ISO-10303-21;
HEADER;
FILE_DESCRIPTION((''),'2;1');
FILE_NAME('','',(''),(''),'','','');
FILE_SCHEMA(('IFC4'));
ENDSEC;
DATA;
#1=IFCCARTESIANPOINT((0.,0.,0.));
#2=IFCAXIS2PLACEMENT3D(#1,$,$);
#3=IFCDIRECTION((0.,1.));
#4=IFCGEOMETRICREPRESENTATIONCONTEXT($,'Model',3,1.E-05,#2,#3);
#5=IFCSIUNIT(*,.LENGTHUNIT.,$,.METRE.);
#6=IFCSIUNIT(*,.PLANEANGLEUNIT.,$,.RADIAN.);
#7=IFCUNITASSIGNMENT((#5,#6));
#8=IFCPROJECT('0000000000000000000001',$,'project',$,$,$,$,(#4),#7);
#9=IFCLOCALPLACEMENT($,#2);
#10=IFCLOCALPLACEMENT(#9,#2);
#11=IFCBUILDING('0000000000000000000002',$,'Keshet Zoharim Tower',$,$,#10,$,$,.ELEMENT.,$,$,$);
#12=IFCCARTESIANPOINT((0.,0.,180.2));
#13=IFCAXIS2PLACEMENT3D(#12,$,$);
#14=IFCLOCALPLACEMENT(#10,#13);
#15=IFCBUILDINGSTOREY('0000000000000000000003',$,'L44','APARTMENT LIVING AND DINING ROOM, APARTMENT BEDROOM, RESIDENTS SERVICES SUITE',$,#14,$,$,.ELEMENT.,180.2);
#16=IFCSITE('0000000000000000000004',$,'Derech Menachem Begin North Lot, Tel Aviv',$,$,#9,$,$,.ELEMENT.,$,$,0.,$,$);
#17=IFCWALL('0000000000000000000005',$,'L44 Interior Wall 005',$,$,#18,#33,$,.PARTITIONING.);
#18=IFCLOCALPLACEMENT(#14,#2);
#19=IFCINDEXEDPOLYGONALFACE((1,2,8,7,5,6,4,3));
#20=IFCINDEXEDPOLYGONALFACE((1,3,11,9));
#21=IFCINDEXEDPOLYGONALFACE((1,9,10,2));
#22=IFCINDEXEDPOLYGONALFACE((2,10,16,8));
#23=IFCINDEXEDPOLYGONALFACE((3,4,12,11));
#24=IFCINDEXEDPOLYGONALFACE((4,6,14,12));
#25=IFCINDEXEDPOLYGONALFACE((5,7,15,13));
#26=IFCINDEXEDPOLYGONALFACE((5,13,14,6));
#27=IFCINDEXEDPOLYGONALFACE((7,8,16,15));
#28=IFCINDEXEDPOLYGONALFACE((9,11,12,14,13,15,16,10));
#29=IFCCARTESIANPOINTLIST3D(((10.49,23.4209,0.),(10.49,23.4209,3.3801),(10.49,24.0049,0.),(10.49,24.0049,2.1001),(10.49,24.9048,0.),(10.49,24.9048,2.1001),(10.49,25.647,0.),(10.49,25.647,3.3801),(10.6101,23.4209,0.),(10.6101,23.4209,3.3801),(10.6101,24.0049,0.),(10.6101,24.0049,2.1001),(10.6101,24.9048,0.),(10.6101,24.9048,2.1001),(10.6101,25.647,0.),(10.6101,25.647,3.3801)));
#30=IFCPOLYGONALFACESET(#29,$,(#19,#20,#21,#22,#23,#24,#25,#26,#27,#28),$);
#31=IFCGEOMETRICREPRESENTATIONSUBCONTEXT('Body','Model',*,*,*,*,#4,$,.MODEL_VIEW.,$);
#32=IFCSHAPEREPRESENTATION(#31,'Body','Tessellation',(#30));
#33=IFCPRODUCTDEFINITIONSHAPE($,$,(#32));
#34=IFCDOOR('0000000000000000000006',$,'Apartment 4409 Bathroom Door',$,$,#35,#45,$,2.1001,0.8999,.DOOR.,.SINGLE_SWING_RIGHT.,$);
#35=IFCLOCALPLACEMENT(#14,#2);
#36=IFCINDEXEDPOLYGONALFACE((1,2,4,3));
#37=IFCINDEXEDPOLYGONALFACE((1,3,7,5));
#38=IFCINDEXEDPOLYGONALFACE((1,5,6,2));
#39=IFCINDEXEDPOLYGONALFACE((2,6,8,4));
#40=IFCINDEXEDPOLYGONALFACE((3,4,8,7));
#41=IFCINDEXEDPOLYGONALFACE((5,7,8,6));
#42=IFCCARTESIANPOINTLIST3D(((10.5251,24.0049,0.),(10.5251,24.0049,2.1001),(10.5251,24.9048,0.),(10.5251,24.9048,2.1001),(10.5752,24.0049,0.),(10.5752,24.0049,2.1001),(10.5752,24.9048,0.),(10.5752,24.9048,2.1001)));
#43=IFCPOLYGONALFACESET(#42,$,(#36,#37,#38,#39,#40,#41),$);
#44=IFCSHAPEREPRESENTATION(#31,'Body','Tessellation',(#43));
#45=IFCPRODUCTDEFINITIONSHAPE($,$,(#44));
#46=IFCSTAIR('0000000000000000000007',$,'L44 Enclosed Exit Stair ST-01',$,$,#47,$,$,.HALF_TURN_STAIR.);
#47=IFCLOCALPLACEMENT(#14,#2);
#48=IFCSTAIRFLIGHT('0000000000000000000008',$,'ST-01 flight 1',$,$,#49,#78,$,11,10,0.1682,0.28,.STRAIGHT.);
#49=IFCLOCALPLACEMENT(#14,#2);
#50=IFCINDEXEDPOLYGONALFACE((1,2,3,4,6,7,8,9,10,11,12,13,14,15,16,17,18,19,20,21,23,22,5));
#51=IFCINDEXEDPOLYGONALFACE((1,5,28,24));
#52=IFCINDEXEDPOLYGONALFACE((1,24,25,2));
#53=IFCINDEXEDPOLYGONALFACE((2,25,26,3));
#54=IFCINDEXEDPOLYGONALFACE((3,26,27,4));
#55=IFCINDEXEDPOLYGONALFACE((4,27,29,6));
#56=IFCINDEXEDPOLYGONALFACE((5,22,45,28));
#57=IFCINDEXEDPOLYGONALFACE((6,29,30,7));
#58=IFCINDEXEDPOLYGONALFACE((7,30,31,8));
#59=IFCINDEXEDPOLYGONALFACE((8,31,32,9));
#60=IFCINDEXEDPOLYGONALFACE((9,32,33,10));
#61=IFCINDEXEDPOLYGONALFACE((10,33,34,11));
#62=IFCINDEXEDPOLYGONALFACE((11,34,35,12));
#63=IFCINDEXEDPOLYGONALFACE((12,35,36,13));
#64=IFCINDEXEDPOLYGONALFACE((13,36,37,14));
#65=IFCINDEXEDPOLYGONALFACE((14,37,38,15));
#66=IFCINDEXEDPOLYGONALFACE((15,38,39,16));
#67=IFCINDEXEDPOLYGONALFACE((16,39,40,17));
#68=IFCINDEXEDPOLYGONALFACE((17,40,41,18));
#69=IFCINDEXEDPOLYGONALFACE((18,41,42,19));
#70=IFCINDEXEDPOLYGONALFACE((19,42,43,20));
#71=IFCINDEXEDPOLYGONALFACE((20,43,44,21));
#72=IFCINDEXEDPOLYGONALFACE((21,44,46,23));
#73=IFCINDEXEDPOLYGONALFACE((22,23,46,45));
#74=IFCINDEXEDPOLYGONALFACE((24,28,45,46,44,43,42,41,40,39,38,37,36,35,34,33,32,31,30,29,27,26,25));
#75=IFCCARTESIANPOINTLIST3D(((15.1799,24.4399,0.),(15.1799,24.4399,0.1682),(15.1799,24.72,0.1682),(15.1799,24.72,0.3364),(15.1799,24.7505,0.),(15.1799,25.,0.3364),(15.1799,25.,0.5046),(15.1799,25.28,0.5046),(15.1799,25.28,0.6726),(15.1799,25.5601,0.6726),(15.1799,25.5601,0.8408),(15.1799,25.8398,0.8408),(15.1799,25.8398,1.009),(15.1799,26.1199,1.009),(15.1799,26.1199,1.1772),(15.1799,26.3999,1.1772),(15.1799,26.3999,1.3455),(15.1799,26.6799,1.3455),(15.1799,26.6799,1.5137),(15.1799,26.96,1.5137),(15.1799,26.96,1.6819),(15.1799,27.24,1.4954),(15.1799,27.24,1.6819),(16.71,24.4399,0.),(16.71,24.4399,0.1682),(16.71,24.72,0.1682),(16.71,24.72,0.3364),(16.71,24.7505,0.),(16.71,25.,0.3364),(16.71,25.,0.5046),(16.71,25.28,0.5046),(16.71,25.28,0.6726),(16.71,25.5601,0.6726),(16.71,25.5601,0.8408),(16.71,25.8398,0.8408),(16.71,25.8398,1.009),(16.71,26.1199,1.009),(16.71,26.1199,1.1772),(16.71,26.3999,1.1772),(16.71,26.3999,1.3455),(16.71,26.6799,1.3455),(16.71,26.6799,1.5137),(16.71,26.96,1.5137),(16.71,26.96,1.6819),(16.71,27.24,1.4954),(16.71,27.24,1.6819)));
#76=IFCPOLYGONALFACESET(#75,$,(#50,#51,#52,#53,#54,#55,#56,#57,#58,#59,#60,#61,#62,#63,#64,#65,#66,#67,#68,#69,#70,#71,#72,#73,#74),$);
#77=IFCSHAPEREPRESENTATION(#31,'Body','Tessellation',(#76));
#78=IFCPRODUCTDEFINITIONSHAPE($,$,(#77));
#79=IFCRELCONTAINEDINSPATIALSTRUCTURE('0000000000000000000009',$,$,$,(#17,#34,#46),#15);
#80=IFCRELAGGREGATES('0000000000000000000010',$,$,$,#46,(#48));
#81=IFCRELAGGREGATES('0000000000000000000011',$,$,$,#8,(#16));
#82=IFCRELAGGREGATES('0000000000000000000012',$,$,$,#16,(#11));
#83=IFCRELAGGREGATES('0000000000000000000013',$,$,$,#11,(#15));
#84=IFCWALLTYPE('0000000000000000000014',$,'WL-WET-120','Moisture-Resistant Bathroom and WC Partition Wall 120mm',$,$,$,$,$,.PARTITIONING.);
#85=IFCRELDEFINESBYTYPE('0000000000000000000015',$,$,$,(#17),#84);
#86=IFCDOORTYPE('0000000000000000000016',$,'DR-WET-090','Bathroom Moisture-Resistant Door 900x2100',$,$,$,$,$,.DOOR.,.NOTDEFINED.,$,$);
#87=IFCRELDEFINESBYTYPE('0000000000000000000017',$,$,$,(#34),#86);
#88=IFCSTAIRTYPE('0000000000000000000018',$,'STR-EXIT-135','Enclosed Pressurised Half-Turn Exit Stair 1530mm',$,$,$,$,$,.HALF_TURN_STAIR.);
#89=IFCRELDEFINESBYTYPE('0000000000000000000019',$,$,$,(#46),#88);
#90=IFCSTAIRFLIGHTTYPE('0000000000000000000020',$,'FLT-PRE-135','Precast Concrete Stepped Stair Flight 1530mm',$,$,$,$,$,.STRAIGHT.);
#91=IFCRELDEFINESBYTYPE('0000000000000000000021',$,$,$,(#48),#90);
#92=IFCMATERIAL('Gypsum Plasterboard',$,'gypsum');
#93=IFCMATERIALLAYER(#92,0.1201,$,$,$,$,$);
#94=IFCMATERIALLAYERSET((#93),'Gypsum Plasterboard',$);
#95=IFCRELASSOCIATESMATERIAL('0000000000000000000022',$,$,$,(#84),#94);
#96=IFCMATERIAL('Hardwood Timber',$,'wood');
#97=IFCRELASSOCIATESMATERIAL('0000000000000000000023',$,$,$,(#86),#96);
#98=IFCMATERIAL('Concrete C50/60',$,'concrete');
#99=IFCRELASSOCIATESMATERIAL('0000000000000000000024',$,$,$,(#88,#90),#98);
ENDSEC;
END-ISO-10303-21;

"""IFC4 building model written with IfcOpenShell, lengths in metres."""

from ifc_helpers import new_model, si_unit, direction, frame, frame_2d, origin, place, context, subcontext, project, spatial, polyline, rectangle, outline, extrude, material, layer, layer_set, type_object, element, fill, aggregate, save


model = new_model("IFC4")

# Units and contexts
model_context = context("Model", 3, precision=1e-05, world=origin(), true_north=direction((0.0, 1.0)))
body_context = subcontext(model_context, "Body", "Model", "MODEL_VIEW")
ifc_project = project(units=[si_unit("LENGTHUNIT", "METRE"), si_unit("PLANEANGLEUNIT", "RADIAN")], contexts=[model_context])

# Site, building, storey
site_placement = place(None, origin())
site = spatial("IfcSite", under=ifc_project, at=site_placement, Name="Derech Menachem Begin North Lot, Tel Aviv", CompositionType="ELEMENT", RefElevation=0.0)
building_placement = place(site_placement, origin())
building = spatial("IfcBuilding", under=site, at=building_placement, Name="Keshet Zoharim Tower", CompositionType="ELEMENT")
storey_placement = place(building_placement, frame((0.0, 0.0, 180.2)))
storey = spatial("IfcBuildingStorey", under=building, at=storey_placement, Name="L44", Description="APARTMENT LIVING AND DINING ROOM, APARTMENT BEDROOM, RESIDENTS SERVICES SUITE", CompositionType="ELEMENT", Elevation=180.2)

# Shared definitions
ifc_material_1 = material(Name="Gypsum Plasterboard", Category="gypsum")

# Shared definitions
ifc_material_2 = material(Name="Concrete C50/60", Category="concrete")
ifc_material_3 = material(Name="Hardwood Timber", Category="wood")

# Wall, opening, door
ifc_layer_1 = layer(ifc_material_1, 0.1201)
ifc_layer_set_1 = layer_set([ifc_layer_1], Name="Gypsum Plasterboard")
wall_type_1 = type_object("IfcWallType", Name="WL-WET-120", Description="Moisture-Resistant Bathroom and WC Partition Wall 120mm", PredefinedType="PARTITIONING", material=ifc_layer_set_1)
wall_1_placement = place(storey_placement, frame((10.55, 23.4209, 0.0), z_axis=(0.0, 0.0, 1.0), x_axis=(0.0, 1.0, 0.0)))
wall_1 = element("IfcWall", 1, at=wall_1_placement, inside=storey, type_object=wall_type_1, Name="L44 Interior Wall 005", PredefinedType="PARTITIONING", context=body_context, shape_type="SweptSolid", body=[
    extrude(rectangle(XDim=2.2261, YDim=0.1201, at=frame_2d((1.113, 0.0))), origin(), (0.0, 0.0, 1.0), 3.3801),
])
opening_1_placement = place(wall_1_placement, frame((0.584, 0.0, 0.0)))
opening_1 = element("IfcOpeningElement", 2, at=opening_1_placement, cuts=wall_1, PredefinedType="OPENING", context=body_context, shape_type="SweptSolid", body=[
    extrude(rectangle(XDim=0.8999, YDim=2.1001, at=frame_2d((0.45, 1.05))), frame((0.0, 0.0701, 0.0), z_axis=(0.0, -1.0, 0.0), x_axis=(1.0, 0.0, 0.0)), (0.0, 0.0, 1.0), 0.1401),
])
door_type_1 = type_object("IfcDoorType", Name="DR-WET-090", Description="Bathroom Moisture-Resistant Door 900x2100", OperationType="NOTDEFINED", PredefinedType="DOOR", material=ifc_material_3)
door_1_placement = place(opening_1_placement, origin())
door_1 = element("IfcDoor", 3, at=door_1_placement, inside=storey, type_object=door_type_1, Name="Apartment 4409 Bathroom Door", OperationType="SINGLE_SWING_RIGHT", OverallHeight=2.1001, OverallWidth=0.8999, PredefinedType="DOOR", context=body_context, shape_type="SweptSolid", body=[
    extrude(rectangle(XDim=0.8999, YDim=2.1001, at=frame_2d((0.45, 1.05))), frame((0.0, 0.0249, 0.0), z_axis=(0.0, -1.0, 0.0), x_axis=(1.0, 0.0, 0.0)), (0.0, 0.0, 1.0), 0.05),
])
fill(opening_1, door_1)

# Stair, stair flight
stair_type = type_object("IfcStairType", Name="STR-EXIT-135", Description="Enclosed Pressurised Half-Turn Exit Stair 1530mm", PredefinedType="HALF_TURN_STAIR", material=ifc_material_2)
stair_placement = place(storey_placement, origin())
stair = element("IfcStair", 4, at=stair_placement, inside=storey, type_object=stair_type, Name="L44 Enclosed Exit Stair ST-01", PredefinedType="HALF_TURN_STAIR")
stair_flight_type = type_object("IfcStairFlightType", Name="FLT-PRE-135", Description="Precast Concrete Stepped Stair Flight 1530mm", PredefinedType="STRAIGHT", material=ifc_material_2)
stair_flight_placement = place(storey_placement, frame((15.9451, 24.4399, 0.0), z_axis=(0.0, 0.0, 1.0), x_axis=(0.0, 1.0, 0.0)))
stair_flight = element("IfcStairFlight", 5, at=stair_flight_placement, type_object=stair_flight_type, Name="ST-01 flight 1", NumberOfRisers=11, NumberOfTreads=10, PredefinedType="STRAIGHT", RiserHeight=0.1682, TreadLength=0.28, context=body_context, shape_type="SweptSolid", body=[
    extrude(outline(polyline([(0.0, 0.0), (0.0, 0.1682), (0.28, 0.1682), (0.28, 0.3364), (0.5601, 0.3364), (0.5601, 0.5046), (0.8401, 0.5046), (0.8401, 0.6726), (1.1201, 0.6726), (1.1201, 0.8408), (1.3999, 0.8408), (1.3999, 1.009), (1.6799, 1.009), (1.6799, 1.1772), (1.96, 1.1772), (1.96, 1.3455), (2.24, 1.3455), (2.24, 1.5137), (2.52, 1.5137), (2.52, 1.6819), (2.8, 1.6819), (2.8, 1.8501), (2.8, 1.4954), (0.3105, 0.0), (0.0, 0.0)])), frame((0.0, 0.7651, 0.0), z_axis=(0.0, -1.0, 0.0), x_axis=(1.0, 0.0, 0.0)), (0.0, 0.0, 1.0), 1.53),
])
aggregate(stair, [stair_flight])

save(model, "model.ifc")
